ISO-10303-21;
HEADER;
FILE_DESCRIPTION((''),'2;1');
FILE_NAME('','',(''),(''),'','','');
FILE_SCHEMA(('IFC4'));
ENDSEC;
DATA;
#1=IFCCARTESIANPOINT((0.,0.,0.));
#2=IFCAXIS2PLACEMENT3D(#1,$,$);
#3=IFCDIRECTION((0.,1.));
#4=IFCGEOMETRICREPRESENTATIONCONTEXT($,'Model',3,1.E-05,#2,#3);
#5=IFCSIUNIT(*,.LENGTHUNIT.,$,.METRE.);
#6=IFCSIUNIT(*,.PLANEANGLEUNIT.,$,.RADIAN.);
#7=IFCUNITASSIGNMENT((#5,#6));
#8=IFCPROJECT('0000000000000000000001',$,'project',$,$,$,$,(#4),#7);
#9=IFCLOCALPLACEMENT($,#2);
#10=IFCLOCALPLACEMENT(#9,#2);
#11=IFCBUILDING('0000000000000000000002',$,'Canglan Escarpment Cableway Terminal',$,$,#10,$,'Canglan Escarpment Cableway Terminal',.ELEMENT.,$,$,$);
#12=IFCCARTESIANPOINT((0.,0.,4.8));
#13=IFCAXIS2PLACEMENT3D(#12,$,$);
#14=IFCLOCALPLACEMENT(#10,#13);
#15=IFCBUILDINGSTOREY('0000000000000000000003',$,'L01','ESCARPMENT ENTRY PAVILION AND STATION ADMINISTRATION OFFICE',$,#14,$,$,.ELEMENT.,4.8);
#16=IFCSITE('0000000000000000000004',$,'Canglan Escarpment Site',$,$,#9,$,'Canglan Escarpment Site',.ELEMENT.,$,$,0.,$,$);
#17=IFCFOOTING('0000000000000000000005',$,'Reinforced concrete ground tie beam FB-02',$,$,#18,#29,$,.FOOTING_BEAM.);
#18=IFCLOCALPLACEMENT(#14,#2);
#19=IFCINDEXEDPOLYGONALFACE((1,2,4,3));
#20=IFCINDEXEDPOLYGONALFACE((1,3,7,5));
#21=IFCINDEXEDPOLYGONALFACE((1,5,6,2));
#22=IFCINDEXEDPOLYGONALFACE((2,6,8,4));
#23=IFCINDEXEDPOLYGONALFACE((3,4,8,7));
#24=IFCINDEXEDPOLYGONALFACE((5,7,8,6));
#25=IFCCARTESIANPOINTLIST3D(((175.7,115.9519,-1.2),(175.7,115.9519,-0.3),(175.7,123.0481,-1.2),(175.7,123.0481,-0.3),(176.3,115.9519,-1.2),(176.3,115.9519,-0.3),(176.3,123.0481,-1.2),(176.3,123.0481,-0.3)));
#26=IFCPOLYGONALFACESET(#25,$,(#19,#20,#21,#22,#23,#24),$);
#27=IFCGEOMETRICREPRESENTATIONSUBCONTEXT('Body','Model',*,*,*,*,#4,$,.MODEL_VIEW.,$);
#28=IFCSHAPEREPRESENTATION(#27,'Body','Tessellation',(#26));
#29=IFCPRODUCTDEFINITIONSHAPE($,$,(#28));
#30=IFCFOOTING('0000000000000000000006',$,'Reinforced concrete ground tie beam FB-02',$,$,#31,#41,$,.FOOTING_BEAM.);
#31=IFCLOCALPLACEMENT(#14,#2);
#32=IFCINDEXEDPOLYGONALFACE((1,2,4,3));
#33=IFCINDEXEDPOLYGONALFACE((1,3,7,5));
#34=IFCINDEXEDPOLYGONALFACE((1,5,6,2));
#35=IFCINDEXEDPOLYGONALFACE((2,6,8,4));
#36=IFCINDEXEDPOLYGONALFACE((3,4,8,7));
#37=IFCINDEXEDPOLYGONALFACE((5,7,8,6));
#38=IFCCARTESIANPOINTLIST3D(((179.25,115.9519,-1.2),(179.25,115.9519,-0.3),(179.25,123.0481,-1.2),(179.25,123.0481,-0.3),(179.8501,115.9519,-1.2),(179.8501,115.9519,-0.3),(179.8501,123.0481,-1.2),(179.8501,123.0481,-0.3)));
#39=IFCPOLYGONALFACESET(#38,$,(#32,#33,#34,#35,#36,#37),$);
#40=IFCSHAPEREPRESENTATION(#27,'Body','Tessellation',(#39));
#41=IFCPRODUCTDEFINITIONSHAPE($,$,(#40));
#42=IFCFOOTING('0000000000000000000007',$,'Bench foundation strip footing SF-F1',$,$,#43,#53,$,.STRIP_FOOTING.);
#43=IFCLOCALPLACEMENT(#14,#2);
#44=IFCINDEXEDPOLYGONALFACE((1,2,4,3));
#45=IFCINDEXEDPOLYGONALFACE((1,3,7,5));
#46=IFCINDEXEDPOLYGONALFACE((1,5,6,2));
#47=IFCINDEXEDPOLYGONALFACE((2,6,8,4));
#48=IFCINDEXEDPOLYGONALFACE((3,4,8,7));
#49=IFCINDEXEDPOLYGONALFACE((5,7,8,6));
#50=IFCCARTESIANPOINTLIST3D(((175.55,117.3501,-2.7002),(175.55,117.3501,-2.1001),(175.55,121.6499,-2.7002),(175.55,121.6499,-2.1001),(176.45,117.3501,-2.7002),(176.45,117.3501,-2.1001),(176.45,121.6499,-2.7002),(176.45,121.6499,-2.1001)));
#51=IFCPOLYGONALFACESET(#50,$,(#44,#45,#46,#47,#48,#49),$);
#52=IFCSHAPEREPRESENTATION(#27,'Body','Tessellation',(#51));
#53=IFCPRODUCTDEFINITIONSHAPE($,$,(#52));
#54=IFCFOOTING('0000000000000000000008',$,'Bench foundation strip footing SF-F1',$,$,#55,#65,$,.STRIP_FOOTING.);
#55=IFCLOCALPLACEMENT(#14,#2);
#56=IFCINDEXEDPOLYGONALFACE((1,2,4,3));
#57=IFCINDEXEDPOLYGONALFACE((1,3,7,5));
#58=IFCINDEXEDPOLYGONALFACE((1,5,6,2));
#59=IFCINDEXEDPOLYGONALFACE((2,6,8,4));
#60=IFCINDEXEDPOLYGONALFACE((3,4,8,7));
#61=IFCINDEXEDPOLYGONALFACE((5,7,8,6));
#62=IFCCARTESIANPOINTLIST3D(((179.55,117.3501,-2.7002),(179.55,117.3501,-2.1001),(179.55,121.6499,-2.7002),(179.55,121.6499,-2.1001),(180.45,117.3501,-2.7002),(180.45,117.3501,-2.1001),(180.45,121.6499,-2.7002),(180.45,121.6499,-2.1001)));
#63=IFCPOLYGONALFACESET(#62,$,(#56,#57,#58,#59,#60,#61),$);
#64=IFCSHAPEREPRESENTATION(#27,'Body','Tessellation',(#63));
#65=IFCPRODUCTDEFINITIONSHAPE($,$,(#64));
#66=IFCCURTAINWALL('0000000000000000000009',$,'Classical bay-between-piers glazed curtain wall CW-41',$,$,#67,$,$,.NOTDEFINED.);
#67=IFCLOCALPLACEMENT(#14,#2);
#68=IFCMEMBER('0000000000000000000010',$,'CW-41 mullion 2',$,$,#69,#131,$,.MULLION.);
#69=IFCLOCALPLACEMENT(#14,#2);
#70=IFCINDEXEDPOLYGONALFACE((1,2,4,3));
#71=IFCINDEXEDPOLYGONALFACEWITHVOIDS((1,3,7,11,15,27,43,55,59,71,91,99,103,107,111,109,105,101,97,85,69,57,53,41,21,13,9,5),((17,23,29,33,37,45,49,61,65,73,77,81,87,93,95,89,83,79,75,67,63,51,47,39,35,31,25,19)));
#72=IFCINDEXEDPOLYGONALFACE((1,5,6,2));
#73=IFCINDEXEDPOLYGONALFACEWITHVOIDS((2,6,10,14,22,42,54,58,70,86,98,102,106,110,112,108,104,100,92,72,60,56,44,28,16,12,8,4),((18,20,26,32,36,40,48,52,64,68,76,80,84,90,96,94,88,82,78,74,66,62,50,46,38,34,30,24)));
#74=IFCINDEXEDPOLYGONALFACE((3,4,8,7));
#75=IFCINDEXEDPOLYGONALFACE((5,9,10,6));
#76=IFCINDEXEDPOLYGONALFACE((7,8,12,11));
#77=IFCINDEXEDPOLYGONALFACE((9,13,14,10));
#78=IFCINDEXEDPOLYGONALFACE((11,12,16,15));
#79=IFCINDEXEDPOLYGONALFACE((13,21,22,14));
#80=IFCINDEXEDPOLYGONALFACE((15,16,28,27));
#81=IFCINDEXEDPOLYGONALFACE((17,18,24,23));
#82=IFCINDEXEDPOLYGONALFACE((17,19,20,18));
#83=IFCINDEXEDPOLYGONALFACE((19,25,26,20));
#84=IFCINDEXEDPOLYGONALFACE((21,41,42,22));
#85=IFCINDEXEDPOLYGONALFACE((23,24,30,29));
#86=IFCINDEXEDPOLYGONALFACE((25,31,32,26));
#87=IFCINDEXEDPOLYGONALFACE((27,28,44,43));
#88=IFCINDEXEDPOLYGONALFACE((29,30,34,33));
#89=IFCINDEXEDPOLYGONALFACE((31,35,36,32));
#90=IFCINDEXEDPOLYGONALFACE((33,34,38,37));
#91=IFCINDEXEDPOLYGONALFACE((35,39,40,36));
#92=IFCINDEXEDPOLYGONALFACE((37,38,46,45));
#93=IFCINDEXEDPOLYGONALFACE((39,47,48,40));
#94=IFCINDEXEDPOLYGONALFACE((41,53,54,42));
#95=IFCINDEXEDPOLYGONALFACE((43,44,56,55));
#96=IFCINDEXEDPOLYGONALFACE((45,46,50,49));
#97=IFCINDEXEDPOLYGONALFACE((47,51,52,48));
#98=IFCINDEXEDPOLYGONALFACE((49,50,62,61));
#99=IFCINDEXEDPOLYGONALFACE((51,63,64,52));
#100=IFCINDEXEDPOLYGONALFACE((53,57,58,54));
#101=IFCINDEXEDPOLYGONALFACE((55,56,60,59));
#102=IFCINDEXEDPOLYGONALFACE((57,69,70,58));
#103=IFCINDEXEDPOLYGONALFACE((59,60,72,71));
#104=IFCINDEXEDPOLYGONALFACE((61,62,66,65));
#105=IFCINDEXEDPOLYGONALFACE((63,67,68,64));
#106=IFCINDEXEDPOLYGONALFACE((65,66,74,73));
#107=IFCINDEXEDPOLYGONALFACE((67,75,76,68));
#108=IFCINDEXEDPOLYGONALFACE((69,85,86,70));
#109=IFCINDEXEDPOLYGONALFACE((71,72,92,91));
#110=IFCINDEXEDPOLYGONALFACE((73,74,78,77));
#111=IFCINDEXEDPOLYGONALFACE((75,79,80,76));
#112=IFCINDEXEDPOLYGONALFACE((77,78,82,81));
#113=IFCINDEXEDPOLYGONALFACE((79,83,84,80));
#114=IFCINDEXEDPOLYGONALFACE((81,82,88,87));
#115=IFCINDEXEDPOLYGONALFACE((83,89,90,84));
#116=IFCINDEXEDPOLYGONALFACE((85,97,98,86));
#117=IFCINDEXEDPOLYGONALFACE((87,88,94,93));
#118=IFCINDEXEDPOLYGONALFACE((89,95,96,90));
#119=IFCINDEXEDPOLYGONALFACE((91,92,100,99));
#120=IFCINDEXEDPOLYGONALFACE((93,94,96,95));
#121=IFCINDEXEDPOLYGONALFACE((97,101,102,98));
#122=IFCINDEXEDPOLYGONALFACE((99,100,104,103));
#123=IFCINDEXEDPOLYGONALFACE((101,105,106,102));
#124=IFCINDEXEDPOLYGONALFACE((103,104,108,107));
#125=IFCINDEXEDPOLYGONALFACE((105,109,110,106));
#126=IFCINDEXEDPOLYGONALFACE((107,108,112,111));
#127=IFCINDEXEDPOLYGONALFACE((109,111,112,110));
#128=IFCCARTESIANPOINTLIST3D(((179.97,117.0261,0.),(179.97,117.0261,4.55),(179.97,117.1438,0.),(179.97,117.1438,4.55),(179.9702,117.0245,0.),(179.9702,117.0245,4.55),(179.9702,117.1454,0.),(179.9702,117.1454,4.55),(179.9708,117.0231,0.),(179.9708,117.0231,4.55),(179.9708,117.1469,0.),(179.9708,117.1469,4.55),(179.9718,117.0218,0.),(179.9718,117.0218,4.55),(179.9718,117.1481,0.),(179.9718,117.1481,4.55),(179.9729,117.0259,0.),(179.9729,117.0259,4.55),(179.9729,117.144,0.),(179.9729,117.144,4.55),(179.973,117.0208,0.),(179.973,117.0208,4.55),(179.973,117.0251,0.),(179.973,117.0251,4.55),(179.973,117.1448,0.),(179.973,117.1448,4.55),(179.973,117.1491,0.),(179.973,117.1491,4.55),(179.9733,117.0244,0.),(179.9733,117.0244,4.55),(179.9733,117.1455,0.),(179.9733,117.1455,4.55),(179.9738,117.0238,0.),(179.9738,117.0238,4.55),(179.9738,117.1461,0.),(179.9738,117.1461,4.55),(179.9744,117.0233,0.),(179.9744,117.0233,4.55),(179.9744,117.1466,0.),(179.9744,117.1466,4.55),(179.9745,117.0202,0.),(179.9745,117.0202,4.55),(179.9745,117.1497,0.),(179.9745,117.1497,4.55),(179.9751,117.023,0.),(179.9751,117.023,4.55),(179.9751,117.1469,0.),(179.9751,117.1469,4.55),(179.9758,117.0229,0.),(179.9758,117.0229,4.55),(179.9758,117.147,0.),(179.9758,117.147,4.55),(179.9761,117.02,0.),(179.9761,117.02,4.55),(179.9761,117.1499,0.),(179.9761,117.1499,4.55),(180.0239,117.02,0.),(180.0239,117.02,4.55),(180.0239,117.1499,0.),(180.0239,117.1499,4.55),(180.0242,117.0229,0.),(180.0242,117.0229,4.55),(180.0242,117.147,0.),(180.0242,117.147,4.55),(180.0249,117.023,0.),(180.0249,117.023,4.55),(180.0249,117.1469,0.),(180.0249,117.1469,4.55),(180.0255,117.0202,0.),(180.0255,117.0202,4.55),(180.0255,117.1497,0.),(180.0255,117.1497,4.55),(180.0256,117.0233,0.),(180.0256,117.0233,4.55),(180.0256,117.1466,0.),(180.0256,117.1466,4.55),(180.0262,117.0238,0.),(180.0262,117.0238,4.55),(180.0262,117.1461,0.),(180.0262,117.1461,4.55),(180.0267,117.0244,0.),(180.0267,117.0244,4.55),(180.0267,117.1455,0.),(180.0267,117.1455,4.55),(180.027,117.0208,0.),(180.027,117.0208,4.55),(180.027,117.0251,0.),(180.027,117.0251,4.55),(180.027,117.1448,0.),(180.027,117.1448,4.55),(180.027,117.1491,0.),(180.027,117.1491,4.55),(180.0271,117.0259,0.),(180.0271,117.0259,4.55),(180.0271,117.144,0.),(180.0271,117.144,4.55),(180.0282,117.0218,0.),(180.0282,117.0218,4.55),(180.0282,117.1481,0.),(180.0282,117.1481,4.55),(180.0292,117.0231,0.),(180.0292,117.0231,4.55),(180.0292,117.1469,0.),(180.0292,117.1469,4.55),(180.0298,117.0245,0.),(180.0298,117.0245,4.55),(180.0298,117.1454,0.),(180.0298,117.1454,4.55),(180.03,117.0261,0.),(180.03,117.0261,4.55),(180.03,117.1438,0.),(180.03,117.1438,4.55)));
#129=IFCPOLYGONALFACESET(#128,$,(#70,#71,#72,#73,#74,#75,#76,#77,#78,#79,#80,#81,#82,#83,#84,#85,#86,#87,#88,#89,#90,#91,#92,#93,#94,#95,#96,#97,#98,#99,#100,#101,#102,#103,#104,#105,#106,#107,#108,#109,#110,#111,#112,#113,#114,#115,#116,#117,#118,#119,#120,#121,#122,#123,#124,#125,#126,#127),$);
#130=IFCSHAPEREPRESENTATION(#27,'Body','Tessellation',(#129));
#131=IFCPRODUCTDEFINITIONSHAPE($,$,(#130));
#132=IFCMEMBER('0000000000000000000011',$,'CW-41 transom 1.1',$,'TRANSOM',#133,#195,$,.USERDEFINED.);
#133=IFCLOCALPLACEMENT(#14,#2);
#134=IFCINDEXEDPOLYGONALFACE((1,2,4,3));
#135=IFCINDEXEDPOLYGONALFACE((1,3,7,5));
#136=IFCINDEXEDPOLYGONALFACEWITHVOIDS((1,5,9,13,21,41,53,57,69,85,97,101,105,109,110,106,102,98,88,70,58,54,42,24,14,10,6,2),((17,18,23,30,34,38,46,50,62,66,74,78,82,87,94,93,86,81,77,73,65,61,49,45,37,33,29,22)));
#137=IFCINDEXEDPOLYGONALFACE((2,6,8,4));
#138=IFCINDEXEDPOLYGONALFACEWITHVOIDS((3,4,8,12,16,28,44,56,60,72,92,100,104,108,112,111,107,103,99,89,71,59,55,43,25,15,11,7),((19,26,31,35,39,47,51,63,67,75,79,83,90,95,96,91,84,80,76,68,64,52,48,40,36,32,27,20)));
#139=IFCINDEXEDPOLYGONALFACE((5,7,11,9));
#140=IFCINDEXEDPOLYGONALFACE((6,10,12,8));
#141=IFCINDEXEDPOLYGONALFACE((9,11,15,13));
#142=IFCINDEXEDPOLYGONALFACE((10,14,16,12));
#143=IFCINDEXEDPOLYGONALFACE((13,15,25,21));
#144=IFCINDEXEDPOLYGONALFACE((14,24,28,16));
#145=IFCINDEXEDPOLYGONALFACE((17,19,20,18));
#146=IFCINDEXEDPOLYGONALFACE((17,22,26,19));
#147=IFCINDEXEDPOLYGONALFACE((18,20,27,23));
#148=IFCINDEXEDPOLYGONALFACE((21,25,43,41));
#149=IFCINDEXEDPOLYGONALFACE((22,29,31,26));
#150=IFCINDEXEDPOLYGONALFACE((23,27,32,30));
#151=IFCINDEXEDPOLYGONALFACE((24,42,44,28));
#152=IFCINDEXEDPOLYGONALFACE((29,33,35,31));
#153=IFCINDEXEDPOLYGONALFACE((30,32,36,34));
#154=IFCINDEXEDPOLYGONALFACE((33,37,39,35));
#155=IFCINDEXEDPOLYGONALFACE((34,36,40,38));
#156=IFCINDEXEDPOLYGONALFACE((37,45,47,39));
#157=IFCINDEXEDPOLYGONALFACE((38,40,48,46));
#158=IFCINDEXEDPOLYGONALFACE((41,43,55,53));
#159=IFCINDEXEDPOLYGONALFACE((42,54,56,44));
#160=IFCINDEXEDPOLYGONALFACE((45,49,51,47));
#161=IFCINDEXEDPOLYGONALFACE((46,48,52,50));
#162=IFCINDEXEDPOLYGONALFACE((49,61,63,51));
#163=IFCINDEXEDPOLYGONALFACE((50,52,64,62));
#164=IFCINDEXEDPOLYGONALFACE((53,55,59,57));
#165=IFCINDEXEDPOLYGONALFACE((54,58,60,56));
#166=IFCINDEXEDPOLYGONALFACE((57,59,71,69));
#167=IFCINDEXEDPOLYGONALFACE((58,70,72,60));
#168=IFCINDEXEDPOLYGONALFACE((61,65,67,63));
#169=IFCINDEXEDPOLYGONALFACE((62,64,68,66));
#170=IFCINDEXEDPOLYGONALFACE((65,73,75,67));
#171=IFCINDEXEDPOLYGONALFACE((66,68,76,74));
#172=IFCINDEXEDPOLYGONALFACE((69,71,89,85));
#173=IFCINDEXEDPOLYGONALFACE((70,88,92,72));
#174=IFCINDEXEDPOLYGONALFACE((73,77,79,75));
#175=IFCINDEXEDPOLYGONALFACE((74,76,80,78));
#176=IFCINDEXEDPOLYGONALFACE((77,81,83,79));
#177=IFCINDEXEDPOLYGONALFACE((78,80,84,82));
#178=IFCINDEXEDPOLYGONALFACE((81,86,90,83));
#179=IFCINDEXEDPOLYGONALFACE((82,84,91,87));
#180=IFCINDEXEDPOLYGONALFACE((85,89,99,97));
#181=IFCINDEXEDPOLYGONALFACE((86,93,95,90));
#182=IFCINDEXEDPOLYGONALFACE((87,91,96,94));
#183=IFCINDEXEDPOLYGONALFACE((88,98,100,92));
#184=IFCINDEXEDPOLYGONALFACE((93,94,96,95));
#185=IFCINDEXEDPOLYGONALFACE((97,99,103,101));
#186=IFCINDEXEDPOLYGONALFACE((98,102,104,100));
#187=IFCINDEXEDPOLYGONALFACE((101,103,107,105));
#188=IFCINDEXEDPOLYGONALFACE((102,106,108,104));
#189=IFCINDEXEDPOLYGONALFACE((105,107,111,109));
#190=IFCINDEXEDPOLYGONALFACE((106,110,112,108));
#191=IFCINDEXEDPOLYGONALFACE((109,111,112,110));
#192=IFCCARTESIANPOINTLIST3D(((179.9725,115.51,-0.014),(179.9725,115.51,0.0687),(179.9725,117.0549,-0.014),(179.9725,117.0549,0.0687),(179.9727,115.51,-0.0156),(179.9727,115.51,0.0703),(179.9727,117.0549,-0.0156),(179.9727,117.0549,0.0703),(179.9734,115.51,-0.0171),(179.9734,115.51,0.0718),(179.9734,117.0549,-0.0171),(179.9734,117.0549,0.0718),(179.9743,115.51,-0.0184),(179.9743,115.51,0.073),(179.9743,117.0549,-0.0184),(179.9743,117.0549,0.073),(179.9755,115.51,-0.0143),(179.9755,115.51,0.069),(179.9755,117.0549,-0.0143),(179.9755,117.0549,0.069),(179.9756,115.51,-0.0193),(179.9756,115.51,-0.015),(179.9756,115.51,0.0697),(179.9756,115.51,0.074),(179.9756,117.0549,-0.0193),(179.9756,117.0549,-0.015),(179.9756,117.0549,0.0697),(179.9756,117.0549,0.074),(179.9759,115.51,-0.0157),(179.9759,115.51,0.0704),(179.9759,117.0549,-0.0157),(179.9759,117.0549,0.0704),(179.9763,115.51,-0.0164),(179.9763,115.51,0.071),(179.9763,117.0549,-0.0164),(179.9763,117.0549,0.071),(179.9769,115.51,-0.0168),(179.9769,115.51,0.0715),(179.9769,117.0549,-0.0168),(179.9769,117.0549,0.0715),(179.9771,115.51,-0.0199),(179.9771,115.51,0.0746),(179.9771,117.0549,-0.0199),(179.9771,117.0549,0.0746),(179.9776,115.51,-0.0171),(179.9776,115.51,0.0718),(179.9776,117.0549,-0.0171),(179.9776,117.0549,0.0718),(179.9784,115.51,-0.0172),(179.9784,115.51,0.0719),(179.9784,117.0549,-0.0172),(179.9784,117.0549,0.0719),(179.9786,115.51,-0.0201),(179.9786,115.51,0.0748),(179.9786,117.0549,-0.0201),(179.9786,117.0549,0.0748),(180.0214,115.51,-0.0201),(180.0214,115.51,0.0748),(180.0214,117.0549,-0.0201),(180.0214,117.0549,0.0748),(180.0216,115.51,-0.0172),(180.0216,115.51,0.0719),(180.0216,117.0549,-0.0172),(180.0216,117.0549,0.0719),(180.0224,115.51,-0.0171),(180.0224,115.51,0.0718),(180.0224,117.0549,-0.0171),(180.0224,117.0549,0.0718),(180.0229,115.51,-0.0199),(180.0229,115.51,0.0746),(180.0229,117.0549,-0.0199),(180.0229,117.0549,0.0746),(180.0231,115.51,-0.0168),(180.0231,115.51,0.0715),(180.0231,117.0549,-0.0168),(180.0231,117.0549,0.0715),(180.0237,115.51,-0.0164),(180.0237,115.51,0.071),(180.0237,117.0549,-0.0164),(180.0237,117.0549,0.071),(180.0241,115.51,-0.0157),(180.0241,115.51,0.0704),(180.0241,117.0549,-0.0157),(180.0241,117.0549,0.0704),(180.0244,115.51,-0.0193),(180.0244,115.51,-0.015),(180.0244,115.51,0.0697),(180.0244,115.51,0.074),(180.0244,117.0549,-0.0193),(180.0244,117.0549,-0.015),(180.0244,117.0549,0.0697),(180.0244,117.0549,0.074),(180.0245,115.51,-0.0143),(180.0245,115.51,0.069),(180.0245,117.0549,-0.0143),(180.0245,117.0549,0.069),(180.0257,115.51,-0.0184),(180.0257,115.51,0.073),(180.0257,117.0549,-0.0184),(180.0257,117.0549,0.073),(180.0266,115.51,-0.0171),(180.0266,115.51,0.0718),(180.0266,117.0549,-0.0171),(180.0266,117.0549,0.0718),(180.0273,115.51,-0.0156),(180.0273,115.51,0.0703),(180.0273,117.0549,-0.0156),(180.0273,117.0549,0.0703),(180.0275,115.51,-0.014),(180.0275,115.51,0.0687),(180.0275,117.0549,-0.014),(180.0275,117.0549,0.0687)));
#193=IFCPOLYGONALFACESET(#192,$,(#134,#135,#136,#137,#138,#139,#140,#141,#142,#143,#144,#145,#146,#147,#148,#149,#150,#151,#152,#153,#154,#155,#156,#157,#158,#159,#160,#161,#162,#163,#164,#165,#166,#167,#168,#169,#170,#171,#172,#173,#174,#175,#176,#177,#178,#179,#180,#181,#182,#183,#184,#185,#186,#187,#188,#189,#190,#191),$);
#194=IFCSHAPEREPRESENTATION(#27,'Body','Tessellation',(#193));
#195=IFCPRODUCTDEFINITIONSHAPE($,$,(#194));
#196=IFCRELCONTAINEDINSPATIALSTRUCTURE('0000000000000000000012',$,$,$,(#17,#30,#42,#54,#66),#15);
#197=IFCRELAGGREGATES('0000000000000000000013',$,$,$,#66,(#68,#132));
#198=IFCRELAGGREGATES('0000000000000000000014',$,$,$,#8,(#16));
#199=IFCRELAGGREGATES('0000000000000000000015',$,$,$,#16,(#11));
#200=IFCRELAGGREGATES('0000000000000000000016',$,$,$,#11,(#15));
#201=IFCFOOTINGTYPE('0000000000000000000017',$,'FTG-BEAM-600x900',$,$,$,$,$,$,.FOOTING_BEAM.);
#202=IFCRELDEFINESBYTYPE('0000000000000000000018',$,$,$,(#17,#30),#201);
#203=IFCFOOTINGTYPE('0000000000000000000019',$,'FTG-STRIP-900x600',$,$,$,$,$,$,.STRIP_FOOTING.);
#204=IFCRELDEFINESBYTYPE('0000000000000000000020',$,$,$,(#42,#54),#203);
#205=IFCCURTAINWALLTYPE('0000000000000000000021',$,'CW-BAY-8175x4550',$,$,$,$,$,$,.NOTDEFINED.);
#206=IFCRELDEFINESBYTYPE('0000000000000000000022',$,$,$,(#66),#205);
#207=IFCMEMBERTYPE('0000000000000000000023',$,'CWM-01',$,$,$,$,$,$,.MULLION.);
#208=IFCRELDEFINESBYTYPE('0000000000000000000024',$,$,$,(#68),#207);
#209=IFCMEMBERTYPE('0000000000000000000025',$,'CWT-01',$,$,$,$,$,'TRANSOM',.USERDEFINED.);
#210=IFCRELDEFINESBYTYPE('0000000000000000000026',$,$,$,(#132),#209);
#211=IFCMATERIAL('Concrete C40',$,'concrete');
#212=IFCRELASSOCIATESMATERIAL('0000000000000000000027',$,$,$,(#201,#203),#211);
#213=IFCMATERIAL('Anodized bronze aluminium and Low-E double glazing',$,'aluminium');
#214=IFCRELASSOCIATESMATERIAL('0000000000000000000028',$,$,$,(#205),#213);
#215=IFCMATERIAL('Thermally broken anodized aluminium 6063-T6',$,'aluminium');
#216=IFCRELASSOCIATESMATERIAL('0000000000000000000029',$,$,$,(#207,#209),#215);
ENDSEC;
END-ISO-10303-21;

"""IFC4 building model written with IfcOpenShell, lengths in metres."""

from ifc_helpers import new_model, si_unit, direction, frame, origin, origin_2d, place, context, subcontext, project, spatial, rectangle, hollow_rectangle, extrude, material, material_profile, profile_set, type_object, element, aggregate, save


model = new_model("IFC4")

# Units and contexts
model_context = context("Model", 3, precision=1e-05, world=origin(), true_north=direction((0.0, 1.0)))
body_context = subcontext(model_context, "Body", "Model", "MODEL_VIEW")
ifc_project = project(units=[si_unit("LENGTHUNIT", "METRE"), si_unit("PLANEANGLEUNIT", "RADIAN")], contexts=[model_context])

# Site, building, storey
site_placement = place(None, origin())
site = spatial("IfcSite", under=ifc_project, at=site_placement, Name="Canglan Escarpment Site", LongName="Canglan Escarpment Site", CompositionType="ELEMENT", RefElevation=0.0)
building_placement = place(site_placement, origin())
building = spatial("IfcBuilding", under=site, at=building_placement, Name="Canglan Escarpment Cableway Terminal", LongName="Canglan Escarpment Cableway Terminal", CompositionType="ELEMENT")
storey_placement = place(building_placement, frame((0.0, 0.0, 4.8)))
storey = spatial("IfcBuildingStorey", under=building, at=storey_placement, Name="L01", Description="ESCARPMENT ENTRY PAVILION AND STATION ADMINISTRATION OFFICE", CompositionType="ELEMENT", Elevation=4.8)

# Footings
ifc_material_1 = material(Name="Concrete C40", Category="concrete")
ifc_material_profile_1 = material_profile(ifc_material_1, rectangle(XDim=0.6001, YDim=0.8999, at=origin_2d()), Name="FB 600x900")
ifc_profile_set_1 = profile_set([ifc_material_profile_1], Name="Concrete C40")
footing_type_1 = type_object("IfcFootingType", Name="FTG-BEAM-600x900", PredefinedType="FOOTING_BEAM", material=ifc_profile_set_1)
for number, where, z_axis, x_axis, name in (
    (1, (176.0, 115.9519, -0.75), (0.0, 1.0, 0.0), (-1.0, 0.0, 0.0), "Reinforced concrete ground tie beam FB-02"),
    (2, (179.55, 115.9519, -0.75), (0.0, 1.0, 0.0), (-1.0, 0.0, 0.0), "Reinforced concrete ground tie beam FB-02"),
):
    element("IfcFooting", number, at=place(storey_placement, frame(where, z_axis=z_axis, x_axis=x_axis)), inside=storey, type_object=footing_type_1, Name=name, PredefinedType="FOOTING_BEAM", context=body_context, shape_type="SweptSolid", body=[
        extrude(rectangle(XDim=0.6001, YDim=0.8999, at=origin_2d()), origin(), (0.0, 0.0, 1.0), 7.0962),
    ])
ifc_material_profile_2 = material_profile(ifc_material_1, rectangle(XDim=0.8999, YDim=0.6001, at=origin_2d()), Name="SF 900x600")
ifc_profile_set_2 = profile_set([ifc_material_profile_2], Name="Concrete C40")
footing_type_2 = type_object("IfcFootingType", Name="FTG-STRIP-900x600", PredefinedType="STRIP_FOOTING", material=ifc_profile_set_2)
for number, where, z_axis, x_axis, name in (
    (3, (176.0, 117.3501, -2.4001), (0.0, 1.0, 0.0), (-1.0, 0.0, 0.0), "Bench foundation strip footing SF-F1"),
    (4, (180.0, 117.3501, -2.4001), (0.0, 1.0, 0.0), (-1.0, 0.0, 0.0), "Bench foundation strip footing SF-F1"),
):
    element("IfcFooting", number, at=place(storey_placement, frame(where, z_axis=z_axis, x_axis=x_axis)), inside=storey, type_object=footing_type_2, Name=name, PredefinedType="STRIP_FOOTING", context=body_context, shape_type="SweptSolid", body=[
        extrude(rectangle(XDim=0.8999, YDim=0.6001, at=origin_2d()), origin(), (0.0, 0.0, 1.0), 4.2998),
    ])

# Curtain wall, members
ifc_material_2 = material(Name="Anodized bronze aluminium and Low-E double glazing", Category="aluminium")
curtain_wall_type = type_object("IfcCurtainWallType", Name="CW-BAY-8175x4550", PredefinedType="NOTDEFINED", material=ifc_material_2)
curtain_wall_placement = place(storey_placement, origin())
curtain_wall = element("IfcCurtainWall", 5, at=curtain_wall_placement, inside=storey, type_object=curtain_wall_type, Name="Classical bay-between-piers glazed curtain wall CW-41", PredefinedType="NOTDEFINED")
ifc_material_3 = material(Name="Thermally broken anodized aluminium 6063-T6", Category="aluminium")
ifc_material_profile_3 = material_profile(ifc_material_3, hollow_rectangle(XDim=0.0601, YDim=0.1299, WallThickness=0.0029, InnerFilletRadius=0.0029, OuterFilletRadius=0.0061, at=origin_2d()), Name="ALU-MULL 60x130x3")
ifc_profile_set_3 = profile_set([ifc_material_profile_3], Name="Thermally broken anodized aluminium 6063-T6")
member_type_1 = type_object("IfcMemberType", Name="CWM-01", PredefinedType="MULLION", material=ifc_profile_set_3)
member_1_placement = place(storey_placement, frame((180.0, 117.085, 0.0), z_axis=(0.0, 0.0, 1.0), x_axis=(-1.0, 0.0, 0.0)))
member_1 = element("IfcMember", 6, at=member_1_placement, type_object=member_type_1, Name="CW-41 mullion 2", PredefinedType="MULLION", context=body_context, shape_type="SweptSolid", body=[
    extrude(hollow_rectangle(XDim=0.0601, YDim=0.1299, WallThickness=0.0029, InnerFilletRadius=0.0029, OuterFilletRadius=0.0061, at=origin_2d()), origin(), (0.0, 0.0, 1.0), 4.55),
])
ifc_material_profile_4 = material_profile(ifc_material_3, hollow_rectangle(XDim=0.0549, YDim=0.095, WallThickness=0.0029, InnerFilletRadius=0.0029, OuterFilletRadius=0.0061, at=origin_2d()), Name="ALU-TRAN 55x95x3")
ifc_profile_set_4 = profile_set([ifc_material_profile_4], Name="Thermally broken anodized aluminium 6063-T6")
member_type_2 = type_object("IfcMemberType", Name="CWT-01", ElementType="TRANSOM", PredefinedType="USERDEFINED", material=ifc_profile_set_4)
member_2_placement = place(storey_placement, frame((180.0, 115.51, 0.0273), z_axis=(0.0, 1.0, 0.0), x_axis=(-1.0, 0.0, 0.0)))
member_2 = element("IfcMember", 7, at=member_2_placement, type_object=member_type_2, Name="CW-41 transom 1.1", ObjectType="TRANSOM", PredefinedType="USERDEFINED", context=body_context, shape_type="SweptSolid", body=[
    extrude(hollow_rectangle(XDim=0.0549, YDim=0.095, WallThickness=0.0029, InnerFilletRadius=0.0029, OuterFilletRadius=0.0061, at=origin_2d()), origin(), (0.0, 0.0, 1.0), 1.5449),
])
aggregate(curtain_wall, [member_1, member_2])

save(model, "model.ifc")
